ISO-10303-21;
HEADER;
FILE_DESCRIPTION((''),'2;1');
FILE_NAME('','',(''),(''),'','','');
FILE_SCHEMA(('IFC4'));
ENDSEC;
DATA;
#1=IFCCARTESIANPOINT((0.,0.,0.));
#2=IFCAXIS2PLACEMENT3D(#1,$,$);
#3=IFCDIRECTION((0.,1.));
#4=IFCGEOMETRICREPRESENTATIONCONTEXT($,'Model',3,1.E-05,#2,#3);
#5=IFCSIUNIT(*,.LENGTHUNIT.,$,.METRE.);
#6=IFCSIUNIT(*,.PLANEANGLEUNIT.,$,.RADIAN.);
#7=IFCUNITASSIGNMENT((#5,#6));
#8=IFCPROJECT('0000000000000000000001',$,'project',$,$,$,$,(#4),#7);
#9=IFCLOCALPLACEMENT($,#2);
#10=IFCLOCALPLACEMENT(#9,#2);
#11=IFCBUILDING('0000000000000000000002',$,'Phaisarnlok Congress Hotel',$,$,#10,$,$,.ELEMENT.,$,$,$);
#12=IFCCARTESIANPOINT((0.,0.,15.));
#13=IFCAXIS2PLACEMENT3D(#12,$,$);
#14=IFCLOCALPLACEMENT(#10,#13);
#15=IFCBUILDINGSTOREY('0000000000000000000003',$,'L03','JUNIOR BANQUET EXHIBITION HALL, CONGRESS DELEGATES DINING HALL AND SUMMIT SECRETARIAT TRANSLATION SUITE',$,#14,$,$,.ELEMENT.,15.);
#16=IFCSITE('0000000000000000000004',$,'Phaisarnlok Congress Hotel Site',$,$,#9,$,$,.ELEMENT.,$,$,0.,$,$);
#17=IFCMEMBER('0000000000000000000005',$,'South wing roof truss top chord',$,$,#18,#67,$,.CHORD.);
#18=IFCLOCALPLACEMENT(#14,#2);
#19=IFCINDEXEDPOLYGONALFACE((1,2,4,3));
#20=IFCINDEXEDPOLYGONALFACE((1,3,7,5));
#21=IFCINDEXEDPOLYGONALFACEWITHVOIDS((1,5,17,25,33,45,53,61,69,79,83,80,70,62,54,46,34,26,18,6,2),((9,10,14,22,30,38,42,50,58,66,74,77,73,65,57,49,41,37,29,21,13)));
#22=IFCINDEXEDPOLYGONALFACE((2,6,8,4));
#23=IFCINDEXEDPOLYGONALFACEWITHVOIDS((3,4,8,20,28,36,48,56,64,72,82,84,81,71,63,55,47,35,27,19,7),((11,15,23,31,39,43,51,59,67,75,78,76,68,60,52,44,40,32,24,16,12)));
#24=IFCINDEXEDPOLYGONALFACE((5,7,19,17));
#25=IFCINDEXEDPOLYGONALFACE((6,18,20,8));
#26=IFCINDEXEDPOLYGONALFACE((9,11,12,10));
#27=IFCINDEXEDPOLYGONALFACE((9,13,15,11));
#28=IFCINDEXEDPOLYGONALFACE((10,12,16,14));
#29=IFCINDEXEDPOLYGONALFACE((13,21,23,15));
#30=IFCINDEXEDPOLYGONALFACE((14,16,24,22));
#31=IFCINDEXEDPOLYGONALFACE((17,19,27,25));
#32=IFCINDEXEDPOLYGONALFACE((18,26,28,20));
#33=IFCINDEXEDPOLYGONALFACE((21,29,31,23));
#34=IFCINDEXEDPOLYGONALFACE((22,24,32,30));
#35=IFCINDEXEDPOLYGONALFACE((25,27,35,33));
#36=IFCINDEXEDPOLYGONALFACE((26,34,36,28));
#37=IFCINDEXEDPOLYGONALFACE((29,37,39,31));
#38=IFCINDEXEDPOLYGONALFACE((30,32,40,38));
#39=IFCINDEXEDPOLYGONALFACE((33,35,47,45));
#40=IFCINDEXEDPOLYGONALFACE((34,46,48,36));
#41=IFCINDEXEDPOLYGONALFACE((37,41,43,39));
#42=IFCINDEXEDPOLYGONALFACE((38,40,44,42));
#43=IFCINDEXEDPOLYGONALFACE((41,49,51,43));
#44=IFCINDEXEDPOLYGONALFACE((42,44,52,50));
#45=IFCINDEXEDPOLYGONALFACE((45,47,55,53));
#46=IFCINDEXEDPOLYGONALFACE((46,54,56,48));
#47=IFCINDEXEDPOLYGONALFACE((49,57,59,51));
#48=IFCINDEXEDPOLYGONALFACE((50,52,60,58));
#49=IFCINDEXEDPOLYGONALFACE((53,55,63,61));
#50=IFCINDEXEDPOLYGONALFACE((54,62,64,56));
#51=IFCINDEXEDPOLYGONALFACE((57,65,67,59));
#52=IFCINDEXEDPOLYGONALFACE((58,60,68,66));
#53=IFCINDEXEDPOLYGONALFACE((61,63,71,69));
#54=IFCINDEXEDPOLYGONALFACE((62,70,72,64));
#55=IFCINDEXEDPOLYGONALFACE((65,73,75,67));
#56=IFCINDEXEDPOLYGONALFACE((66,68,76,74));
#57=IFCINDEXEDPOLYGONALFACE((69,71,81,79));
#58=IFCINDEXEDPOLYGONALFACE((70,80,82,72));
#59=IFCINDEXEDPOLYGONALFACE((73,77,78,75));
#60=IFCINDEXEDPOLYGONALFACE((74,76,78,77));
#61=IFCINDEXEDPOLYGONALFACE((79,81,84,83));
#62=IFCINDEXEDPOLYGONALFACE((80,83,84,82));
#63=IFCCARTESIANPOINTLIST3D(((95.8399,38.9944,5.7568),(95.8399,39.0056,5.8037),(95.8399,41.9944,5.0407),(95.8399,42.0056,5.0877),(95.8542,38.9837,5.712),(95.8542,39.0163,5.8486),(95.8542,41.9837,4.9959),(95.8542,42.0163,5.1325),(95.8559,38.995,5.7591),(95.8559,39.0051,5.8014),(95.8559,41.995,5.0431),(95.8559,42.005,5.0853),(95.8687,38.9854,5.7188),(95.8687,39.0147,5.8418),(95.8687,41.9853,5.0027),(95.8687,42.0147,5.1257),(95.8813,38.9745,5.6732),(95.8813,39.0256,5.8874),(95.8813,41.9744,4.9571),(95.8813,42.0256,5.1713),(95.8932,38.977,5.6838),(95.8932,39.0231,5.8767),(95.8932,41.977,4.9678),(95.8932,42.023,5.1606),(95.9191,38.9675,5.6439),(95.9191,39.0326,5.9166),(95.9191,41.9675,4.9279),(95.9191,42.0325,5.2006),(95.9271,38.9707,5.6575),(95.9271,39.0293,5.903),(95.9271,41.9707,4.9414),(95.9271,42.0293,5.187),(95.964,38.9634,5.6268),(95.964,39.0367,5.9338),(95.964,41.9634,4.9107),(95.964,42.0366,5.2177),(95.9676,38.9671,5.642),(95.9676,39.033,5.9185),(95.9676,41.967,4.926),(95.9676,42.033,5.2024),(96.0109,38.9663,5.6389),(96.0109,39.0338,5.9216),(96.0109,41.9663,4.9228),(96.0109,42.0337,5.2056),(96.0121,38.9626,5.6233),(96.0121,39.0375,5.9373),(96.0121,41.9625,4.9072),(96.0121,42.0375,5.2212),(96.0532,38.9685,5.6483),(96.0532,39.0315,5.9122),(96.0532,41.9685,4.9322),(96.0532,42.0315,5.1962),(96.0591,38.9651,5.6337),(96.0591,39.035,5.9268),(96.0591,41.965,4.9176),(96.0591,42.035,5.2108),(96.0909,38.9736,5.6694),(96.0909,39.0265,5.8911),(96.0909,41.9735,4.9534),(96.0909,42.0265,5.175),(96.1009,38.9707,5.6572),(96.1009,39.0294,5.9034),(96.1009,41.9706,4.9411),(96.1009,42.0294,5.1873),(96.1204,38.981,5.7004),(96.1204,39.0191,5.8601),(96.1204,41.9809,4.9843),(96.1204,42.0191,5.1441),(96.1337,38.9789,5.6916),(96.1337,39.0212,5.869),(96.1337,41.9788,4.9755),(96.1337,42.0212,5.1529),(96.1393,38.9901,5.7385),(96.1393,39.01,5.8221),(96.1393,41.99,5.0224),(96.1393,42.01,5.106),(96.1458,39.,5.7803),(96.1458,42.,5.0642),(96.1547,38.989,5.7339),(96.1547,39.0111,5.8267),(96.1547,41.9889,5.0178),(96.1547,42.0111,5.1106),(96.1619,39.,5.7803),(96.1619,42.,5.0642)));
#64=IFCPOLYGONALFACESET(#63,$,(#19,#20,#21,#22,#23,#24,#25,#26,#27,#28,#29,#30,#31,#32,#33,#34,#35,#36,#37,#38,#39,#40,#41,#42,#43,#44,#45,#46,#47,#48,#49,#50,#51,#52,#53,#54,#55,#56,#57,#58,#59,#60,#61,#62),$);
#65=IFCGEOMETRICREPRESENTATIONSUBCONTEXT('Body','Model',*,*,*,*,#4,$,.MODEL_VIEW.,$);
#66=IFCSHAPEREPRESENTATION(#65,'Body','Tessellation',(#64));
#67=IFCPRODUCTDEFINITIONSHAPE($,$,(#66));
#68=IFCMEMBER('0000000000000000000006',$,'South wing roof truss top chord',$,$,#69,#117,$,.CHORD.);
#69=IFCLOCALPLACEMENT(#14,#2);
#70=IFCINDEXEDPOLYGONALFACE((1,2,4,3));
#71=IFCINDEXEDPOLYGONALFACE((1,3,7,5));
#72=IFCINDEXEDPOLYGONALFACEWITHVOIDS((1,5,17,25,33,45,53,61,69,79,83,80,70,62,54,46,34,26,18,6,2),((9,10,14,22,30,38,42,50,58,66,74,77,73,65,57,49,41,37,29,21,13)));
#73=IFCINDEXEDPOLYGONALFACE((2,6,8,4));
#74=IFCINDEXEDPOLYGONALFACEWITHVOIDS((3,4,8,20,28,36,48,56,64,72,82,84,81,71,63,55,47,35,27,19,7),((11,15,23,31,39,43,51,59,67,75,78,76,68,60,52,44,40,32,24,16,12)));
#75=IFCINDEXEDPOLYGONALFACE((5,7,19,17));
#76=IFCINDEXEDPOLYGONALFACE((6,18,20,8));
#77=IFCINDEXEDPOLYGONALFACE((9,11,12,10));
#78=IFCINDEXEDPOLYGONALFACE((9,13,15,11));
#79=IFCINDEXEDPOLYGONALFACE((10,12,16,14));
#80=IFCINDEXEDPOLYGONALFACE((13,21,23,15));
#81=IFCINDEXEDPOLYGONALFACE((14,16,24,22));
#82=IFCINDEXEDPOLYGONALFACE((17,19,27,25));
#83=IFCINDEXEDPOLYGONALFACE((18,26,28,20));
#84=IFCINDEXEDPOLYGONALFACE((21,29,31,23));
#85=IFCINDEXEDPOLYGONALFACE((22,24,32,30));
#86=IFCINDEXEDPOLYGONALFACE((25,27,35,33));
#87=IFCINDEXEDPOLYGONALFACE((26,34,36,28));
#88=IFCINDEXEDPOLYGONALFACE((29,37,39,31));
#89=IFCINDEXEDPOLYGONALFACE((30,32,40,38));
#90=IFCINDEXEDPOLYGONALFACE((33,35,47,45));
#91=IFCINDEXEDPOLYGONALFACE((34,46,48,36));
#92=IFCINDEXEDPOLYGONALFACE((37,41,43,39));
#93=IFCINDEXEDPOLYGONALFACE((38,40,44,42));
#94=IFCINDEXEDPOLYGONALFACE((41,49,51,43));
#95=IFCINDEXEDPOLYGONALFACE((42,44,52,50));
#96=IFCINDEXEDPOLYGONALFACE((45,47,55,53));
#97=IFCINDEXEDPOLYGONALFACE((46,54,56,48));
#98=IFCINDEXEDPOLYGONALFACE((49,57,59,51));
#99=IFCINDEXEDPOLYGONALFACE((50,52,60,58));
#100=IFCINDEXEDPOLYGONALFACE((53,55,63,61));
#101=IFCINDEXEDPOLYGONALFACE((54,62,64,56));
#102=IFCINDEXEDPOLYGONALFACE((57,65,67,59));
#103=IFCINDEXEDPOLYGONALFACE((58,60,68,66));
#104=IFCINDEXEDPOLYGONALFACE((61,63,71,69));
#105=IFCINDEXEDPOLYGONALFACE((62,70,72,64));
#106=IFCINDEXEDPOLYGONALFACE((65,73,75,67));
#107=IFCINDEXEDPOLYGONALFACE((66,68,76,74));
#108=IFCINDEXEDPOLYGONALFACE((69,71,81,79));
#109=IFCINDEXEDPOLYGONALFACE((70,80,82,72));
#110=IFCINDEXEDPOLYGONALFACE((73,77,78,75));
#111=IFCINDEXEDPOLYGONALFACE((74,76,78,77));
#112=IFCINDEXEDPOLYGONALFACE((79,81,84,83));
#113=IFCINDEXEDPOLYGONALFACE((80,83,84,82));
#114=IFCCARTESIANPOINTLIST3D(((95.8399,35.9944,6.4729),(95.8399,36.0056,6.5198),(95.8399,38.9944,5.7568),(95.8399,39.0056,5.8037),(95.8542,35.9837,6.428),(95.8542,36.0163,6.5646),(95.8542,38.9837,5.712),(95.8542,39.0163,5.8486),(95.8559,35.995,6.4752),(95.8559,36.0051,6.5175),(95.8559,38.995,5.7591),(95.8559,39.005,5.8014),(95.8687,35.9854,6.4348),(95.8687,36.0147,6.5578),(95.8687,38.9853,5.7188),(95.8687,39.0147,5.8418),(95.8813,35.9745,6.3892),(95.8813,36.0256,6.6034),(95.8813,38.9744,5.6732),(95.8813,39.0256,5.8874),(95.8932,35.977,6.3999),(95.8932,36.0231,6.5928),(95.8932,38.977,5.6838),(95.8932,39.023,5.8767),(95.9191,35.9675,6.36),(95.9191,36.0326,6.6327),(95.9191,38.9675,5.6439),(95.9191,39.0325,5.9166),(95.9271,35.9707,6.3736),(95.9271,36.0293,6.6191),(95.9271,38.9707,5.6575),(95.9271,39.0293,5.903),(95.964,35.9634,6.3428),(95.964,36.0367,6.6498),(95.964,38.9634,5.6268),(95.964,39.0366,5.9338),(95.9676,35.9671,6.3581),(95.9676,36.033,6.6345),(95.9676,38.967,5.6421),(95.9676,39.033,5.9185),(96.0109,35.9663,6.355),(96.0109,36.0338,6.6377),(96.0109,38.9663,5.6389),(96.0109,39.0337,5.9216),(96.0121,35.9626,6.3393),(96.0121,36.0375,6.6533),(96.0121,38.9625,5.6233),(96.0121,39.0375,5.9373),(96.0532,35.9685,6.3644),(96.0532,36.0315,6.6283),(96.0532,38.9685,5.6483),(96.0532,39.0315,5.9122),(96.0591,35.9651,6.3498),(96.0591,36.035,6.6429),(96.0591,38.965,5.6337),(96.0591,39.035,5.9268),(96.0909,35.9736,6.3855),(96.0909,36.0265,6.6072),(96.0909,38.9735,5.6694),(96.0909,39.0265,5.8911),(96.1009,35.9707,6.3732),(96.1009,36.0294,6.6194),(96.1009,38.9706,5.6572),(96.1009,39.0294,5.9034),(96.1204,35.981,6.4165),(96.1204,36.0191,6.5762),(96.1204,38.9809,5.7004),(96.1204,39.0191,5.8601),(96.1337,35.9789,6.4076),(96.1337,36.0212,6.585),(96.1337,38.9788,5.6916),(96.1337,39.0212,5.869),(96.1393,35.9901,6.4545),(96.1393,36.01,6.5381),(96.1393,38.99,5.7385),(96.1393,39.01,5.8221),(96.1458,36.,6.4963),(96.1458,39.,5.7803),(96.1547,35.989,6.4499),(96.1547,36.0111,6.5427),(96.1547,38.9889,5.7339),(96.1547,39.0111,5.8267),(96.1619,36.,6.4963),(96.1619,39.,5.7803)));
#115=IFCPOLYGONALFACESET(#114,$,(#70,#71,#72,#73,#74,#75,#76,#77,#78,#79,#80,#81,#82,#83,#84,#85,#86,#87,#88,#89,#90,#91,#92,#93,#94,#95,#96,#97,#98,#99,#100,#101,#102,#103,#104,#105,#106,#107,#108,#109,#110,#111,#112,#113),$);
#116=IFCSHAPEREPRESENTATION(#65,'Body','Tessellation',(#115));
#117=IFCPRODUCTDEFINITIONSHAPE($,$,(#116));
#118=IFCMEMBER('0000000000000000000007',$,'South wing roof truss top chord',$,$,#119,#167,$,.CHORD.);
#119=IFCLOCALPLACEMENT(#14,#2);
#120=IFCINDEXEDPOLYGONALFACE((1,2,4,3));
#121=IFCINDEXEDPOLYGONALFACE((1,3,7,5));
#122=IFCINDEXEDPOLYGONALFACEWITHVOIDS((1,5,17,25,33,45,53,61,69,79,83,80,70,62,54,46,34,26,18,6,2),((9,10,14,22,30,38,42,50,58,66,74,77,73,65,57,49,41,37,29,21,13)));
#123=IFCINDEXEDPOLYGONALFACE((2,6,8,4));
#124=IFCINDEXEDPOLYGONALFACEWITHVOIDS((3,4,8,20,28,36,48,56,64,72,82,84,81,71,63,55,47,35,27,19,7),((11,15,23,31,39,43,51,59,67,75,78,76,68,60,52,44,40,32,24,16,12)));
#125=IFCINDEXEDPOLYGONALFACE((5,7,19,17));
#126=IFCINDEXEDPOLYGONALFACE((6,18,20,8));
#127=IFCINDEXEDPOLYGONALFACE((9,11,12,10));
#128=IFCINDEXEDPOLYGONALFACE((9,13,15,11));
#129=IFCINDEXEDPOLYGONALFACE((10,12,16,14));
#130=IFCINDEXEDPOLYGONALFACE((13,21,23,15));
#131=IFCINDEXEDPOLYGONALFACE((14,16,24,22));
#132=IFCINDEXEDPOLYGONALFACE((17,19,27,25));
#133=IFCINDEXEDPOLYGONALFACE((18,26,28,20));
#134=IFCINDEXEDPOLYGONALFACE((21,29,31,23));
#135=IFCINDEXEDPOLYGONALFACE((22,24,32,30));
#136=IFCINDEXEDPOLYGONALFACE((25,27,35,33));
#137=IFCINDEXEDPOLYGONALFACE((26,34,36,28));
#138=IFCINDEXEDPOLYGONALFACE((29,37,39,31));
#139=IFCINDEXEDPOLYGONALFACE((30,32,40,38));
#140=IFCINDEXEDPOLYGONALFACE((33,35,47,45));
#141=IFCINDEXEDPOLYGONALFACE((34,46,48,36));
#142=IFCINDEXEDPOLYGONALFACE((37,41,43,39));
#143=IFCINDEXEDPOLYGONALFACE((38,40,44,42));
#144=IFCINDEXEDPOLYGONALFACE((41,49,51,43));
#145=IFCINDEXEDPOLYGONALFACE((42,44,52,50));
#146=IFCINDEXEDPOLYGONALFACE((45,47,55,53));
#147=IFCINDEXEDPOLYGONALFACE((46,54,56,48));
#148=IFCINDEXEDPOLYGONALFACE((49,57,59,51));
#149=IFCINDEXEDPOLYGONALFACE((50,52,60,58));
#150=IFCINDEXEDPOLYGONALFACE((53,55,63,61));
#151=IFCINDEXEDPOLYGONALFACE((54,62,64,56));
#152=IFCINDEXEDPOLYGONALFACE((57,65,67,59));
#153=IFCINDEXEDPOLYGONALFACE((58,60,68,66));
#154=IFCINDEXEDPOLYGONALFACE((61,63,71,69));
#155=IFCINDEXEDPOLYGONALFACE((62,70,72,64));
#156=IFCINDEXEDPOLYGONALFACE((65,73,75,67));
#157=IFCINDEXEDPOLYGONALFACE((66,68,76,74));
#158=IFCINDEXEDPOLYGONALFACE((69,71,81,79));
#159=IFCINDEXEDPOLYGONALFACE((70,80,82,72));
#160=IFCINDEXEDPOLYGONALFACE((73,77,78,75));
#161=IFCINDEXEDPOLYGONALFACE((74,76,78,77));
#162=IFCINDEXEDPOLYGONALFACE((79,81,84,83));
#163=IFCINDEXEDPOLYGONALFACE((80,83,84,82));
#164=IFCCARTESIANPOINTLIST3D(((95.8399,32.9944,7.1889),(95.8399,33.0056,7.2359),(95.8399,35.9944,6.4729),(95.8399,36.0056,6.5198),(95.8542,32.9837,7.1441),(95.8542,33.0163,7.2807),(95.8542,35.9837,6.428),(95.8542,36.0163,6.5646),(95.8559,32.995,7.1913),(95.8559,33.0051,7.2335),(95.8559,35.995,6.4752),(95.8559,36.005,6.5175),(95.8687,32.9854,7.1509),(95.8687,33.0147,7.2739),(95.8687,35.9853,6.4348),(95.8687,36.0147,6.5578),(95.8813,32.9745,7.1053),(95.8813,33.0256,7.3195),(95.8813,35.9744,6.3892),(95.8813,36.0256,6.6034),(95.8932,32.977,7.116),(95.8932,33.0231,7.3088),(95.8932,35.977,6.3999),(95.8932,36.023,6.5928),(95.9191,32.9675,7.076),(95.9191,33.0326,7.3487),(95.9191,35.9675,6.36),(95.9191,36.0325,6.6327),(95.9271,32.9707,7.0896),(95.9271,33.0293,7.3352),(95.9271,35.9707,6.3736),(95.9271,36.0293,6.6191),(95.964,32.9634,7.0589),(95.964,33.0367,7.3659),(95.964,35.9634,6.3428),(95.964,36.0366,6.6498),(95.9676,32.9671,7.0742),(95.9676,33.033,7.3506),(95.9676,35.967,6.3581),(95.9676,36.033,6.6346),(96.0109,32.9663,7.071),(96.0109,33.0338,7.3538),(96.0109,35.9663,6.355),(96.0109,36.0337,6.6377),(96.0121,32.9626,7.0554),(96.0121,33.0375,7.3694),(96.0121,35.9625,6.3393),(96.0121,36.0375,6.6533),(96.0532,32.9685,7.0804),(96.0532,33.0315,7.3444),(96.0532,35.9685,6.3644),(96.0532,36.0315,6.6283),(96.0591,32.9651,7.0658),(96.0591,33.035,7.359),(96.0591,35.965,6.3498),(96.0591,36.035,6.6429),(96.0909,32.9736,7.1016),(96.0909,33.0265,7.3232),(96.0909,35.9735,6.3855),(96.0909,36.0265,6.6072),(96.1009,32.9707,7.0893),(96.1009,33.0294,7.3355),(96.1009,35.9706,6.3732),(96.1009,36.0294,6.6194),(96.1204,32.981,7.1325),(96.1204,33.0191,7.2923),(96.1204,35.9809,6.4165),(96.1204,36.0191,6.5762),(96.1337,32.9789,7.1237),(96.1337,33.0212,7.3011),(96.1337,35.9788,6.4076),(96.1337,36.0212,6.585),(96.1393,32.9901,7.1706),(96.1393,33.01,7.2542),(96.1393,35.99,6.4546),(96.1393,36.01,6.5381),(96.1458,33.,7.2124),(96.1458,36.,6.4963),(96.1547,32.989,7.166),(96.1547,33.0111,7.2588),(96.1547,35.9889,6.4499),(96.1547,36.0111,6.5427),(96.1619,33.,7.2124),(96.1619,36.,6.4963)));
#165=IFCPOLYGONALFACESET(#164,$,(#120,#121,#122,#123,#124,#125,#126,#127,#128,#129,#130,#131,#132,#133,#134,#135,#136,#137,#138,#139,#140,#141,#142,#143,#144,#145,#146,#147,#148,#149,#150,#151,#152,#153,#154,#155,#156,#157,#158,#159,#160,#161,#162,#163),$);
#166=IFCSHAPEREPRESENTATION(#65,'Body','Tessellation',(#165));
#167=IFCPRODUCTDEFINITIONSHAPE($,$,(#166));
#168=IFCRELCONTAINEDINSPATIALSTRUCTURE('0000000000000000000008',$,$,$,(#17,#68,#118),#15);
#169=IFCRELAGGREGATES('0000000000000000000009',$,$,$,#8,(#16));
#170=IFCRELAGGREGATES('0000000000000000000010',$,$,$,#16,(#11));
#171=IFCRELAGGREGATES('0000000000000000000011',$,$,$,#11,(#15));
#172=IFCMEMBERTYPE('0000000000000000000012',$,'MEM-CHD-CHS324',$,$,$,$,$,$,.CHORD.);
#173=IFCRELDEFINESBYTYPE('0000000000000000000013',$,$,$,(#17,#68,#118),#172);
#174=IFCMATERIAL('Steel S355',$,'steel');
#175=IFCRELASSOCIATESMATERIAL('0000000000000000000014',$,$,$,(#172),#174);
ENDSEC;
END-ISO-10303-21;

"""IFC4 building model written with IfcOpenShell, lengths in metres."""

from ifc_helpers import new_model, si_unit, direction, frame, origin, origin_2d, place, context, subcontext, project, spatial, hollow_circle, extrude, material, material_profile, profile_set, type_object, element, save


model = new_model("IFC4")

# Units and contexts
model_context = context("Model", 3, precision=1e-05, world=origin(), true_north=direction((0.0, 1.0)))
body_context = subcontext(model_context, "Body", "Model", "MODEL_VIEW")
ifc_project = project(units=[si_unit("LENGTHUNIT", "METRE"), si_unit("PLANEANGLEUNIT", "RADIAN")], contexts=[model_context])

# Site, building, storey
site_placement = place(None, origin())
site = spatial("IfcSite", under=ifc_project, at=site_placement, Name="Phaisarnlok Congress Hotel Site", CompositionType="ELEMENT", RefElevation=0.0)
building_placement = place(site_placement, origin())
building = spatial("IfcBuilding", under=site, at=building_placement, Name="Phaisarnlok Congress Hotel", CompositionType="ELEMENT")
storey_placement = place(building_placement, frame((0.0, 0.0, 15.0)))
storey = spatial("IfcBuildingStorey", under=building, at=storey_placement, Name="L03", Description="JUNIOR BANQUET EXHIBITION HALL, CONGRESS DELEGATES DINING HALL AND SUMMIT SECRETARIAT TRANSLATION SUITE", CompositionType="ELEMENT", Elevation=15.0)

# Shared definitions
ifc_material_1 = material(Name="Steel S355", Category="steel")

# Members
ifc_material_profile_1 = material_profile(ifc_material_1, hollow_circle(Radius=0.1619, WallThickness=0.0161, at=origin_2d()), Name="CHS 323.9x16")
ifc_profile_set_1 = profile_set([ifc_material_profile_1], Name="Steel S355")
member_type_1 = type_object("IfcMemberType", Name="MEM-CHD-CHS324", PredefinedType="CHORD", material=ifc_profile_set_1)
for number, where, z_axis, x_axis, name in (
    (1, (96.0, 42.0, 5.0642), (0.0, -0.972676, 0.232166), (1.0, 0.0, 0.0), "South wing roof truss top chord"),
    (2, (96.0, 39.0, 5.7803), (0.0, -0.972676, 0.232166), (1.0, 0.0, 0.0), "South wing roof truss top chord"),
    (3, (96.0, 36.0, 6.4963), (0.0, -0.972676, 0.232166), (1.0, 0.0, 0.0), "South wing roof truss top chord"),
):
    element("IfcMember", number, at=place(storey_placement, frame(where, z_axis=z_axis, x_axis=x_axis)), inside=storey, type_object=member_type_1, Name=name, PredefinedType="CHORD", context=body_context, shape_type="SweptSolid", body=[
        extrude(hollow_circle(Radius=0.1619, WallThickness=0.0161, at=origin_2d()), origin(), (0.0, 0.0, 1.0), 3.0842),
    ])

save(model, "model.ifc")
